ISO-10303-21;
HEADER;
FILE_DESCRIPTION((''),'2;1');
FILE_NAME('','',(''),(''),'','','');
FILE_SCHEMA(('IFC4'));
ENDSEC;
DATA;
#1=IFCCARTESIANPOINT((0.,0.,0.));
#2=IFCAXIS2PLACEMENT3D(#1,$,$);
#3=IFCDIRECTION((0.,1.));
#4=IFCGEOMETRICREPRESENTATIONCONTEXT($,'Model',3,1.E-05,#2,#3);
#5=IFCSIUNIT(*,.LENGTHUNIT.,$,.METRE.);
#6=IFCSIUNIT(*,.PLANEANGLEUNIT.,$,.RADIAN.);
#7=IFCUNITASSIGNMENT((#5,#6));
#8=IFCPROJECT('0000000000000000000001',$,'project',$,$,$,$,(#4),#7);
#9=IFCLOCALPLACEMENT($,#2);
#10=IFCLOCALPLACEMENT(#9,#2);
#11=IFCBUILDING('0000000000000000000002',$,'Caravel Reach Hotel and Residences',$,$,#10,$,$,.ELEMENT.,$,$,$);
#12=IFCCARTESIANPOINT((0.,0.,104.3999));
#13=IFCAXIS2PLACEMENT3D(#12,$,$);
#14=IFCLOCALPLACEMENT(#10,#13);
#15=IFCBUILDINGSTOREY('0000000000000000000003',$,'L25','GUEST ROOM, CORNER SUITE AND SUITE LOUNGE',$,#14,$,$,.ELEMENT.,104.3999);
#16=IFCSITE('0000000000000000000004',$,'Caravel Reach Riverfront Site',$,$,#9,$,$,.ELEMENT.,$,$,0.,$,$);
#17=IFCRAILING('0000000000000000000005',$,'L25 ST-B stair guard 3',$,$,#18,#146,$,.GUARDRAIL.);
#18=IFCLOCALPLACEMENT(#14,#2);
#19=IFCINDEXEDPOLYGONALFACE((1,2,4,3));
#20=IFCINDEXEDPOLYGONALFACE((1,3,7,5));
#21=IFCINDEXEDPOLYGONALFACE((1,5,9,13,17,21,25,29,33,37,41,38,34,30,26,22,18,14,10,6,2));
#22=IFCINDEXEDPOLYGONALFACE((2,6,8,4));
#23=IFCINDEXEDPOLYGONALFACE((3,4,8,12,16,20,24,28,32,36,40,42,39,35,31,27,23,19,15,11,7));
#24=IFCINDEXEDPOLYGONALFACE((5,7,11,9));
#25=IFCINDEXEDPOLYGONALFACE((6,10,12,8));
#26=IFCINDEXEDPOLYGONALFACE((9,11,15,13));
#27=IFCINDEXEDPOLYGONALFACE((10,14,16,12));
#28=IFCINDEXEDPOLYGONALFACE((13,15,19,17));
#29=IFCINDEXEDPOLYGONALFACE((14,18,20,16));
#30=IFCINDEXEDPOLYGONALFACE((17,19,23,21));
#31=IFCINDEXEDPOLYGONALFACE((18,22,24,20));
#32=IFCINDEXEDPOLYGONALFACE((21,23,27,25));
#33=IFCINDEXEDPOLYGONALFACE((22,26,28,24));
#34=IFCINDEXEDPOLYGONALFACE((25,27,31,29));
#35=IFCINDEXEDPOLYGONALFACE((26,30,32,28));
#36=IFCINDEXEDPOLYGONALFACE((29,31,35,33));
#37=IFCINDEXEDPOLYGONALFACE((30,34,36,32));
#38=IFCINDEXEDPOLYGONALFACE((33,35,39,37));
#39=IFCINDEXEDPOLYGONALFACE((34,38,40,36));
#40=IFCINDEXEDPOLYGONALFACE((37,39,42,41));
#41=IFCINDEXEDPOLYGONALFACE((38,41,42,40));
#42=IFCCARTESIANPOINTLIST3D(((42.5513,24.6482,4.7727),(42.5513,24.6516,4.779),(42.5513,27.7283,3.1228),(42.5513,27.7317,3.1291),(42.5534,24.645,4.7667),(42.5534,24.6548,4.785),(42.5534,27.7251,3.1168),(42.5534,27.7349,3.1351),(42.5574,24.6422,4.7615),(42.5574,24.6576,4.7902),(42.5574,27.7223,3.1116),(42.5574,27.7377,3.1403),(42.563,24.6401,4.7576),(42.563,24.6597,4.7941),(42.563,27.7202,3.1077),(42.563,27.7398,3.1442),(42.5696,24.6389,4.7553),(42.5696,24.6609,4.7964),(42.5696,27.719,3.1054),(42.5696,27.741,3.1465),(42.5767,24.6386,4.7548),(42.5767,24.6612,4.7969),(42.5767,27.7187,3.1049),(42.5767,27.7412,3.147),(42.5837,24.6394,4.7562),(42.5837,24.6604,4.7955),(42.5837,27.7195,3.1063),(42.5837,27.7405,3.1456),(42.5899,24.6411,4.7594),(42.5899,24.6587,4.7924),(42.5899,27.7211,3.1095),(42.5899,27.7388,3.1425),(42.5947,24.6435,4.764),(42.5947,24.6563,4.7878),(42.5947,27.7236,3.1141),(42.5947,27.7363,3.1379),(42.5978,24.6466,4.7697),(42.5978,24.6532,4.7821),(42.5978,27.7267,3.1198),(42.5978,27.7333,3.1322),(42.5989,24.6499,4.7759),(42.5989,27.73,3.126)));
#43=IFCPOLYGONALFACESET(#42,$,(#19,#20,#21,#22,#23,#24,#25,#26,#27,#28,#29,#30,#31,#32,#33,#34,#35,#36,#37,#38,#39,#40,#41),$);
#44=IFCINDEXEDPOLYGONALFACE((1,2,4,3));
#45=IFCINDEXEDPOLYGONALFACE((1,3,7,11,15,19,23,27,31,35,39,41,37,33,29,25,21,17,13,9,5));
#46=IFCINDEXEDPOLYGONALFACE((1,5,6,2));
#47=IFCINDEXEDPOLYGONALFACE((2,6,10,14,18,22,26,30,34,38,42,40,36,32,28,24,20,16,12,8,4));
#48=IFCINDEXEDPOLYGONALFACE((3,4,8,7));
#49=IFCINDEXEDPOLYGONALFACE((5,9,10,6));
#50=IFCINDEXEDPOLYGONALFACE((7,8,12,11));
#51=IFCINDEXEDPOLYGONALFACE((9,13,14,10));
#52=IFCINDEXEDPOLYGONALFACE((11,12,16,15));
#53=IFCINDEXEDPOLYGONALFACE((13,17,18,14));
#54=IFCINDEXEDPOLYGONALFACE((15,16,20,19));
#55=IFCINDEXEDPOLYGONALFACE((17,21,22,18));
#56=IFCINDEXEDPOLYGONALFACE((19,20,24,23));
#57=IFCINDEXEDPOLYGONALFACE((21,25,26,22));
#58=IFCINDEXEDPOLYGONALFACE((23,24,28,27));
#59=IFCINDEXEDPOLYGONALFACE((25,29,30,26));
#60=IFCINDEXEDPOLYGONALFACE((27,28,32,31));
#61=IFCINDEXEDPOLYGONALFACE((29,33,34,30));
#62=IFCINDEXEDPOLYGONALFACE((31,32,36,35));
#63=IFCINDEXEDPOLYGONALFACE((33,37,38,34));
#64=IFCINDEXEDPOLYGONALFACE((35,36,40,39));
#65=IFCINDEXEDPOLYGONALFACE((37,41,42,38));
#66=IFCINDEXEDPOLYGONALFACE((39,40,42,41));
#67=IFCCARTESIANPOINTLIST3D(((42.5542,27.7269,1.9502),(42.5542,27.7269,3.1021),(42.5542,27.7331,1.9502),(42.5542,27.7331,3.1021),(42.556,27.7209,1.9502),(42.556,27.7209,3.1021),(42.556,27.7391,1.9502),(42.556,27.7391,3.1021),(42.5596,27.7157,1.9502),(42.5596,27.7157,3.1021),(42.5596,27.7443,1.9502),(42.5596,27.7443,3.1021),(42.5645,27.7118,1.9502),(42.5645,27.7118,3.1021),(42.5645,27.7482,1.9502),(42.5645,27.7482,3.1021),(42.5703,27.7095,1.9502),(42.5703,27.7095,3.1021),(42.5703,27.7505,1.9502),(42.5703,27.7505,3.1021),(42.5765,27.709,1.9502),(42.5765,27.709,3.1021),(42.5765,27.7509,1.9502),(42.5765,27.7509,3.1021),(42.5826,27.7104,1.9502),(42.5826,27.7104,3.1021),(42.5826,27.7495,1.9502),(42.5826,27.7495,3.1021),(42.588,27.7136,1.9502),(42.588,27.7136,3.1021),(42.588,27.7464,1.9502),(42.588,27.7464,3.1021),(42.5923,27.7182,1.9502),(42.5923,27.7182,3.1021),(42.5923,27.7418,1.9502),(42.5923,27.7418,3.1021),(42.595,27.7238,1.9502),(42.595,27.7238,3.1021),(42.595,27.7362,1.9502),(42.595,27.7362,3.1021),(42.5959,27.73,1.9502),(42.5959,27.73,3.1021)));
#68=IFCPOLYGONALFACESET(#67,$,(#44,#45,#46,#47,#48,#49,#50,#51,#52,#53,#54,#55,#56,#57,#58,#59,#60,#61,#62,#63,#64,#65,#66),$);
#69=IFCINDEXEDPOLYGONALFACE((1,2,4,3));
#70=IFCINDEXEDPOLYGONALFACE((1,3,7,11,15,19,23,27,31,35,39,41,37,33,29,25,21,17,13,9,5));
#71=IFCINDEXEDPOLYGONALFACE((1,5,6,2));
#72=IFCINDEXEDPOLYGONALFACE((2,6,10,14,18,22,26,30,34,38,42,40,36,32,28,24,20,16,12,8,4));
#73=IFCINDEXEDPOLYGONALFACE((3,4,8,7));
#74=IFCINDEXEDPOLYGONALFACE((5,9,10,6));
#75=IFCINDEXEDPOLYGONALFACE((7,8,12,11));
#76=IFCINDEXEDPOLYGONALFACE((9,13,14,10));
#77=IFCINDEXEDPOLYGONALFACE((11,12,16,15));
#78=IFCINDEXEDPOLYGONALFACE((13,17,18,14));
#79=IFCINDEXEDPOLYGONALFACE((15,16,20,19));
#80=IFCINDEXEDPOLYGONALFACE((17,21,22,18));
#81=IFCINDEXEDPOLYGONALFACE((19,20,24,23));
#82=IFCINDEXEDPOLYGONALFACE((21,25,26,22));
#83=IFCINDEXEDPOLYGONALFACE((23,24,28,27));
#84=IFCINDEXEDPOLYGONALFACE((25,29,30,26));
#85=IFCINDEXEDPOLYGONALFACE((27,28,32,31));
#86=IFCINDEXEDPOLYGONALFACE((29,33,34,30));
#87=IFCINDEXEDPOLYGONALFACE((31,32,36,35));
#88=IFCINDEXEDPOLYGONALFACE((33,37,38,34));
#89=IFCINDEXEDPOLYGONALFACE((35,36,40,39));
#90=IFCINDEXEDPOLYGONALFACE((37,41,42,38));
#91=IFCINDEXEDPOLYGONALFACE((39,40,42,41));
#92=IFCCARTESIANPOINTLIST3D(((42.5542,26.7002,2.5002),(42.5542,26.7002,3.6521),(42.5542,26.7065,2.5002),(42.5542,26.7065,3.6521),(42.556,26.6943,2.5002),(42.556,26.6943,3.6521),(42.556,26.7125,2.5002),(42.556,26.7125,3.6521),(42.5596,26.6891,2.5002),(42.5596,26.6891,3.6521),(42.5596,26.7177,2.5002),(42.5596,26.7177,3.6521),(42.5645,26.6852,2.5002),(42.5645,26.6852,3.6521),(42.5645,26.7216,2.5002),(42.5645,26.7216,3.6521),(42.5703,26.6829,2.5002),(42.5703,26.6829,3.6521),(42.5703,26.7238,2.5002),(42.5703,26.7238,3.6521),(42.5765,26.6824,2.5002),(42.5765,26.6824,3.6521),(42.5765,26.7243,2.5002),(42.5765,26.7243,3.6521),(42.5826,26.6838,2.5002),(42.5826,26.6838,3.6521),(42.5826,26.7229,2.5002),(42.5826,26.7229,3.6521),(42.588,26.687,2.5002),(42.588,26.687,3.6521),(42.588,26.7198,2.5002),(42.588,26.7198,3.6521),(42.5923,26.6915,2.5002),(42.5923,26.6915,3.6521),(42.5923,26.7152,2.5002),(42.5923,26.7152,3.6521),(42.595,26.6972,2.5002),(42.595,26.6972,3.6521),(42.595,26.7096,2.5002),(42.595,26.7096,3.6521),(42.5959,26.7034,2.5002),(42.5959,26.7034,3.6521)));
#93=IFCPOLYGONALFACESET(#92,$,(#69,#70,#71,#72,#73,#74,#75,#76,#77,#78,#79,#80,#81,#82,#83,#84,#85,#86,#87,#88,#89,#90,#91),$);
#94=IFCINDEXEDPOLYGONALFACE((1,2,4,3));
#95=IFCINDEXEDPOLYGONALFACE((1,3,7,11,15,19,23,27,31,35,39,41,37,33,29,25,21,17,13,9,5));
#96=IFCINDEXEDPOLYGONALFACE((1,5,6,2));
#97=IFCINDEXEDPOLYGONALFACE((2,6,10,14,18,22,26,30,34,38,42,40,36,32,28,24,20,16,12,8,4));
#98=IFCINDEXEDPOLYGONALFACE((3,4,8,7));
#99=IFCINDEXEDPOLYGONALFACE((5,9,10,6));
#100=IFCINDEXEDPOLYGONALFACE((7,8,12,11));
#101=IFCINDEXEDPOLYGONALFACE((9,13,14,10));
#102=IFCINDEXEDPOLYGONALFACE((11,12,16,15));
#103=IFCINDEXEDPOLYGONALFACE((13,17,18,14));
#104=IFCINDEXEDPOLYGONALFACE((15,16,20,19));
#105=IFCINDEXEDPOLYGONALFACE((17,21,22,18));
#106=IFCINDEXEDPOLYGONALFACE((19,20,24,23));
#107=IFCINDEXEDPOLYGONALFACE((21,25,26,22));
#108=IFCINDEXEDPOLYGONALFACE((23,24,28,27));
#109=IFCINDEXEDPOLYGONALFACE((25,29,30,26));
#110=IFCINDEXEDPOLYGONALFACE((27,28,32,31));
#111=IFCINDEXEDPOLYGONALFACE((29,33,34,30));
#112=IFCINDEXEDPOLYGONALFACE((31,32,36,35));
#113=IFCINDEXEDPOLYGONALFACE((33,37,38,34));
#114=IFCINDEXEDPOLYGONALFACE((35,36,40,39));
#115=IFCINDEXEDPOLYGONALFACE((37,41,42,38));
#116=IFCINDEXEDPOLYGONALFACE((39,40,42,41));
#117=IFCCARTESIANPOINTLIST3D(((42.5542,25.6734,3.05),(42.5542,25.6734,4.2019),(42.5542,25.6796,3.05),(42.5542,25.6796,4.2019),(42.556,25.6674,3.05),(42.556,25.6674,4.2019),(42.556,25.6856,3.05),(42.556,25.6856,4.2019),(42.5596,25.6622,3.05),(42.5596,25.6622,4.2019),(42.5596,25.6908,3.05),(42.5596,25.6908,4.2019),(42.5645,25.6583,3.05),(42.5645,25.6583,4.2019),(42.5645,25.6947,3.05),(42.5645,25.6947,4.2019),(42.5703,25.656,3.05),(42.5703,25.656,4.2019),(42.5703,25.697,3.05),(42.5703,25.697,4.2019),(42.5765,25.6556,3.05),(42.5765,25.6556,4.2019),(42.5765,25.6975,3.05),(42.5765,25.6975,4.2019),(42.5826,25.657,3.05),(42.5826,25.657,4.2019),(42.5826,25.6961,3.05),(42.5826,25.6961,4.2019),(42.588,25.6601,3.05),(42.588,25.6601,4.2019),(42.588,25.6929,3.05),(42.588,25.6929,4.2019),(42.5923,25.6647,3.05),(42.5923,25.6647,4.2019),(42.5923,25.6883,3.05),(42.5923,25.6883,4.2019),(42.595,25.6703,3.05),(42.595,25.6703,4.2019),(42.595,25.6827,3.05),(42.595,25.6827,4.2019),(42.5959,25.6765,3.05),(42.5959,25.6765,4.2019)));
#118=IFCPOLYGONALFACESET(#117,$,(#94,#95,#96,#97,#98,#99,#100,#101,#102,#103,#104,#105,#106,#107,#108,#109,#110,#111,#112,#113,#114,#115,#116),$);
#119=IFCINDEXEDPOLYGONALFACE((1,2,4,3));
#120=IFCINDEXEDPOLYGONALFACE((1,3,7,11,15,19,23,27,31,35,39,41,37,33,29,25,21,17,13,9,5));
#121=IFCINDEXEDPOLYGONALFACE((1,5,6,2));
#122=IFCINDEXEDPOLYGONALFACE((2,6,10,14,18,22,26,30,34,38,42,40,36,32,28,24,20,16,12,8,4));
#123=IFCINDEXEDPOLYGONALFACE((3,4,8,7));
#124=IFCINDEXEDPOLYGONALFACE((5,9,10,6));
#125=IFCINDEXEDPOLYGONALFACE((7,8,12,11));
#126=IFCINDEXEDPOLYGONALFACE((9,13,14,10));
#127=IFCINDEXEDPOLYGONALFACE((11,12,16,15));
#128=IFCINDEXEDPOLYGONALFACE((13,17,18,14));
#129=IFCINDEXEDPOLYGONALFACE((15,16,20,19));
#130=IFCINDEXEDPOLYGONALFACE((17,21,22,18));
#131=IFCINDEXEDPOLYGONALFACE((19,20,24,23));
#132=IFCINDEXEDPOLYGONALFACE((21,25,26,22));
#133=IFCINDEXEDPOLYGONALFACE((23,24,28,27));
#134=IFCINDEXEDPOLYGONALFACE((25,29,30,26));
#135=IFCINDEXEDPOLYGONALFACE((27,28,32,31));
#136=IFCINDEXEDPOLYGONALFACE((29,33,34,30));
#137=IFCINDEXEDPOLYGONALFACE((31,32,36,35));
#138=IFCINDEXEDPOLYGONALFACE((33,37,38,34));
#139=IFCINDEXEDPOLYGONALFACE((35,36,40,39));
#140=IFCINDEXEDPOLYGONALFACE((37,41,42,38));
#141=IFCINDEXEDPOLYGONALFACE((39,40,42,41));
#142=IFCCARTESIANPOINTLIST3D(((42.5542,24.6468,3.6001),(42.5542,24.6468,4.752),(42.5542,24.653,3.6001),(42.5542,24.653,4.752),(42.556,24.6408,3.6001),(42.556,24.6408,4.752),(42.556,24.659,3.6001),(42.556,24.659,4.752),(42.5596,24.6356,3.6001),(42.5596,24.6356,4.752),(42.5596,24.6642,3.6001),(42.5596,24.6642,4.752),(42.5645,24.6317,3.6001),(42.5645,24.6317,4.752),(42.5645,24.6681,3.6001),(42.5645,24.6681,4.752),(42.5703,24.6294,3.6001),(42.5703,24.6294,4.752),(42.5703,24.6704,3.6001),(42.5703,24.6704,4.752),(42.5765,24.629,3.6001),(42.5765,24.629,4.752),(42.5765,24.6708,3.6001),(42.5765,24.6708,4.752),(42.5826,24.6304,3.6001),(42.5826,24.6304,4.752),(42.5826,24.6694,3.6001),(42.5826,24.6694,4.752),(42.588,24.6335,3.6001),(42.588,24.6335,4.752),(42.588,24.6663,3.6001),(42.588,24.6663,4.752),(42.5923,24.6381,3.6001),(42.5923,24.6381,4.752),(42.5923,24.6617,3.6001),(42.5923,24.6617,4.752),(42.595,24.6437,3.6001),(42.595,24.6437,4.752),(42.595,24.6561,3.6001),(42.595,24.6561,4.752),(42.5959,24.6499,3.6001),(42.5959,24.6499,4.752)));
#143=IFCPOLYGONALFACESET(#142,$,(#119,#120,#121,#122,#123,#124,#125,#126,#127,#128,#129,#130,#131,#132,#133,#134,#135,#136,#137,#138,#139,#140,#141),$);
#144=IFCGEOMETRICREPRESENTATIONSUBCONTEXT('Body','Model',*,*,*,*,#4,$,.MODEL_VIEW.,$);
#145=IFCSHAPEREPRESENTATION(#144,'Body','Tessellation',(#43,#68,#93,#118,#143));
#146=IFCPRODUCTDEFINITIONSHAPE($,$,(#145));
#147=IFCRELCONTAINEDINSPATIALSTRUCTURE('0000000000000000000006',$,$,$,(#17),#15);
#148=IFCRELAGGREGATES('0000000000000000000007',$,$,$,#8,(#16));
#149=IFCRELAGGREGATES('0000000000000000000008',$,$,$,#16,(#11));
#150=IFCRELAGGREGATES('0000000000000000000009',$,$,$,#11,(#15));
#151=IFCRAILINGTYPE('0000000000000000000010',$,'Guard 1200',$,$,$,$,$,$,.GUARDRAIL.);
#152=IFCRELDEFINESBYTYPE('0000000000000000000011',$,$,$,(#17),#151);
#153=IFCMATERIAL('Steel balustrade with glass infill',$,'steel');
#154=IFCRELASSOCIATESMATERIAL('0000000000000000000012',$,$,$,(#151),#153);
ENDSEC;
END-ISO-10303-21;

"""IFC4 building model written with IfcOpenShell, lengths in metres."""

from ifc_helpers import new_model, si_unit, direction, frame, origin, origin_2d, place, context, subcontext, project, spatial, circle, extrude, material, type_object, element, save


model = new_model("IFC4")

# Units and contexts
model_context = context("Model", 3, precision=1e-05, world=origin(), true_north=direction((0.0, 1.0)))
body_context = subcontext(model_context, "Body", "Model", "MODEL_VIEW")
ifc_project = project(units=[si_unit("LENGTHUNIT", "METRE"), si_unit("PLANEANGLEUNIT", "RADIAN")], contexts=[model_context])

# Site, building, storey
site_placement = place(None, origin())
site = spatial("IfcSite", under=ifc_project, at=site_placement, Name="Caravel Reach Riverfront Site", CompositionType="ELEMENT", RefElevation=0.0)
building_placement = place(site_placement, origin())
building = spatial("IfcBuilding", under=site, at=building_placement, Name="Caravel Reach Hotel and Residences", CompositionType="ELEMENT")
storey_placement = place(building_placement, frame((0.0, 0.0, 104.3999)))
storey = spatial("IfcBuildingStorey", under=building, at=storey_placement, Name="L25", Description="GUEST ROOM, CORNER SUITE AND SUITE LOUNGE", CompositionType="ELEMENT", Elevation=104.3999)

# Railing
ifc_material_1 = material(Name="Steel balustrade with glass infill", Category="steel")
railing_type_1 = type_object("IfcRailingType", Name="Guard 1200", PredefinedType="GUARDRAIL", material=ifc_material_1)
railing_1_placement = place(storey_placement, frame((42.575, 27.73, 1.9502)))
element("IfcRailing", 1, at=railing_1_placement, inside=storey, type_object=railing_type_1, Name="L25 ST-B stair guard 3", PredefinedType="GUARDRAIL", context=body_context, shape_type="SweptSolid", body=[
    extrude(circle(Radius=0.0239, at=origin_2d()), frame((0.0, 0.0, 1.1758), z_axis=(0.0, -0.881497, 0.47219), x_axis=(1.0, 0.0, 0.0)), (0.0, 0.0, 1.0), 3.4941),
    extrude(circle(Radius=0.021, at=origin_2d()), origin(), (0.0, 0.0, 1.0), 1.1519),
    extrude(circle(Radius=0.021, at=origin_2d()), frame((0.0, -1.0266, 0.55)), (0.0, 0.0, 1.0), 1.1519),
    extrude(circle(Radius=0.021, at=origin_2d()), frame((0.0, -2.0535, 1.0999)), (0.0, 0.0, 1.0), 1.1519),
    extrude(circle(Radius=0.021, at=origin_2d()), frame((0.0, -3.0801, 1.6499)), (0.0, 0.0, 1.0), 1.1519),
])

save(model, "model.ifc")
